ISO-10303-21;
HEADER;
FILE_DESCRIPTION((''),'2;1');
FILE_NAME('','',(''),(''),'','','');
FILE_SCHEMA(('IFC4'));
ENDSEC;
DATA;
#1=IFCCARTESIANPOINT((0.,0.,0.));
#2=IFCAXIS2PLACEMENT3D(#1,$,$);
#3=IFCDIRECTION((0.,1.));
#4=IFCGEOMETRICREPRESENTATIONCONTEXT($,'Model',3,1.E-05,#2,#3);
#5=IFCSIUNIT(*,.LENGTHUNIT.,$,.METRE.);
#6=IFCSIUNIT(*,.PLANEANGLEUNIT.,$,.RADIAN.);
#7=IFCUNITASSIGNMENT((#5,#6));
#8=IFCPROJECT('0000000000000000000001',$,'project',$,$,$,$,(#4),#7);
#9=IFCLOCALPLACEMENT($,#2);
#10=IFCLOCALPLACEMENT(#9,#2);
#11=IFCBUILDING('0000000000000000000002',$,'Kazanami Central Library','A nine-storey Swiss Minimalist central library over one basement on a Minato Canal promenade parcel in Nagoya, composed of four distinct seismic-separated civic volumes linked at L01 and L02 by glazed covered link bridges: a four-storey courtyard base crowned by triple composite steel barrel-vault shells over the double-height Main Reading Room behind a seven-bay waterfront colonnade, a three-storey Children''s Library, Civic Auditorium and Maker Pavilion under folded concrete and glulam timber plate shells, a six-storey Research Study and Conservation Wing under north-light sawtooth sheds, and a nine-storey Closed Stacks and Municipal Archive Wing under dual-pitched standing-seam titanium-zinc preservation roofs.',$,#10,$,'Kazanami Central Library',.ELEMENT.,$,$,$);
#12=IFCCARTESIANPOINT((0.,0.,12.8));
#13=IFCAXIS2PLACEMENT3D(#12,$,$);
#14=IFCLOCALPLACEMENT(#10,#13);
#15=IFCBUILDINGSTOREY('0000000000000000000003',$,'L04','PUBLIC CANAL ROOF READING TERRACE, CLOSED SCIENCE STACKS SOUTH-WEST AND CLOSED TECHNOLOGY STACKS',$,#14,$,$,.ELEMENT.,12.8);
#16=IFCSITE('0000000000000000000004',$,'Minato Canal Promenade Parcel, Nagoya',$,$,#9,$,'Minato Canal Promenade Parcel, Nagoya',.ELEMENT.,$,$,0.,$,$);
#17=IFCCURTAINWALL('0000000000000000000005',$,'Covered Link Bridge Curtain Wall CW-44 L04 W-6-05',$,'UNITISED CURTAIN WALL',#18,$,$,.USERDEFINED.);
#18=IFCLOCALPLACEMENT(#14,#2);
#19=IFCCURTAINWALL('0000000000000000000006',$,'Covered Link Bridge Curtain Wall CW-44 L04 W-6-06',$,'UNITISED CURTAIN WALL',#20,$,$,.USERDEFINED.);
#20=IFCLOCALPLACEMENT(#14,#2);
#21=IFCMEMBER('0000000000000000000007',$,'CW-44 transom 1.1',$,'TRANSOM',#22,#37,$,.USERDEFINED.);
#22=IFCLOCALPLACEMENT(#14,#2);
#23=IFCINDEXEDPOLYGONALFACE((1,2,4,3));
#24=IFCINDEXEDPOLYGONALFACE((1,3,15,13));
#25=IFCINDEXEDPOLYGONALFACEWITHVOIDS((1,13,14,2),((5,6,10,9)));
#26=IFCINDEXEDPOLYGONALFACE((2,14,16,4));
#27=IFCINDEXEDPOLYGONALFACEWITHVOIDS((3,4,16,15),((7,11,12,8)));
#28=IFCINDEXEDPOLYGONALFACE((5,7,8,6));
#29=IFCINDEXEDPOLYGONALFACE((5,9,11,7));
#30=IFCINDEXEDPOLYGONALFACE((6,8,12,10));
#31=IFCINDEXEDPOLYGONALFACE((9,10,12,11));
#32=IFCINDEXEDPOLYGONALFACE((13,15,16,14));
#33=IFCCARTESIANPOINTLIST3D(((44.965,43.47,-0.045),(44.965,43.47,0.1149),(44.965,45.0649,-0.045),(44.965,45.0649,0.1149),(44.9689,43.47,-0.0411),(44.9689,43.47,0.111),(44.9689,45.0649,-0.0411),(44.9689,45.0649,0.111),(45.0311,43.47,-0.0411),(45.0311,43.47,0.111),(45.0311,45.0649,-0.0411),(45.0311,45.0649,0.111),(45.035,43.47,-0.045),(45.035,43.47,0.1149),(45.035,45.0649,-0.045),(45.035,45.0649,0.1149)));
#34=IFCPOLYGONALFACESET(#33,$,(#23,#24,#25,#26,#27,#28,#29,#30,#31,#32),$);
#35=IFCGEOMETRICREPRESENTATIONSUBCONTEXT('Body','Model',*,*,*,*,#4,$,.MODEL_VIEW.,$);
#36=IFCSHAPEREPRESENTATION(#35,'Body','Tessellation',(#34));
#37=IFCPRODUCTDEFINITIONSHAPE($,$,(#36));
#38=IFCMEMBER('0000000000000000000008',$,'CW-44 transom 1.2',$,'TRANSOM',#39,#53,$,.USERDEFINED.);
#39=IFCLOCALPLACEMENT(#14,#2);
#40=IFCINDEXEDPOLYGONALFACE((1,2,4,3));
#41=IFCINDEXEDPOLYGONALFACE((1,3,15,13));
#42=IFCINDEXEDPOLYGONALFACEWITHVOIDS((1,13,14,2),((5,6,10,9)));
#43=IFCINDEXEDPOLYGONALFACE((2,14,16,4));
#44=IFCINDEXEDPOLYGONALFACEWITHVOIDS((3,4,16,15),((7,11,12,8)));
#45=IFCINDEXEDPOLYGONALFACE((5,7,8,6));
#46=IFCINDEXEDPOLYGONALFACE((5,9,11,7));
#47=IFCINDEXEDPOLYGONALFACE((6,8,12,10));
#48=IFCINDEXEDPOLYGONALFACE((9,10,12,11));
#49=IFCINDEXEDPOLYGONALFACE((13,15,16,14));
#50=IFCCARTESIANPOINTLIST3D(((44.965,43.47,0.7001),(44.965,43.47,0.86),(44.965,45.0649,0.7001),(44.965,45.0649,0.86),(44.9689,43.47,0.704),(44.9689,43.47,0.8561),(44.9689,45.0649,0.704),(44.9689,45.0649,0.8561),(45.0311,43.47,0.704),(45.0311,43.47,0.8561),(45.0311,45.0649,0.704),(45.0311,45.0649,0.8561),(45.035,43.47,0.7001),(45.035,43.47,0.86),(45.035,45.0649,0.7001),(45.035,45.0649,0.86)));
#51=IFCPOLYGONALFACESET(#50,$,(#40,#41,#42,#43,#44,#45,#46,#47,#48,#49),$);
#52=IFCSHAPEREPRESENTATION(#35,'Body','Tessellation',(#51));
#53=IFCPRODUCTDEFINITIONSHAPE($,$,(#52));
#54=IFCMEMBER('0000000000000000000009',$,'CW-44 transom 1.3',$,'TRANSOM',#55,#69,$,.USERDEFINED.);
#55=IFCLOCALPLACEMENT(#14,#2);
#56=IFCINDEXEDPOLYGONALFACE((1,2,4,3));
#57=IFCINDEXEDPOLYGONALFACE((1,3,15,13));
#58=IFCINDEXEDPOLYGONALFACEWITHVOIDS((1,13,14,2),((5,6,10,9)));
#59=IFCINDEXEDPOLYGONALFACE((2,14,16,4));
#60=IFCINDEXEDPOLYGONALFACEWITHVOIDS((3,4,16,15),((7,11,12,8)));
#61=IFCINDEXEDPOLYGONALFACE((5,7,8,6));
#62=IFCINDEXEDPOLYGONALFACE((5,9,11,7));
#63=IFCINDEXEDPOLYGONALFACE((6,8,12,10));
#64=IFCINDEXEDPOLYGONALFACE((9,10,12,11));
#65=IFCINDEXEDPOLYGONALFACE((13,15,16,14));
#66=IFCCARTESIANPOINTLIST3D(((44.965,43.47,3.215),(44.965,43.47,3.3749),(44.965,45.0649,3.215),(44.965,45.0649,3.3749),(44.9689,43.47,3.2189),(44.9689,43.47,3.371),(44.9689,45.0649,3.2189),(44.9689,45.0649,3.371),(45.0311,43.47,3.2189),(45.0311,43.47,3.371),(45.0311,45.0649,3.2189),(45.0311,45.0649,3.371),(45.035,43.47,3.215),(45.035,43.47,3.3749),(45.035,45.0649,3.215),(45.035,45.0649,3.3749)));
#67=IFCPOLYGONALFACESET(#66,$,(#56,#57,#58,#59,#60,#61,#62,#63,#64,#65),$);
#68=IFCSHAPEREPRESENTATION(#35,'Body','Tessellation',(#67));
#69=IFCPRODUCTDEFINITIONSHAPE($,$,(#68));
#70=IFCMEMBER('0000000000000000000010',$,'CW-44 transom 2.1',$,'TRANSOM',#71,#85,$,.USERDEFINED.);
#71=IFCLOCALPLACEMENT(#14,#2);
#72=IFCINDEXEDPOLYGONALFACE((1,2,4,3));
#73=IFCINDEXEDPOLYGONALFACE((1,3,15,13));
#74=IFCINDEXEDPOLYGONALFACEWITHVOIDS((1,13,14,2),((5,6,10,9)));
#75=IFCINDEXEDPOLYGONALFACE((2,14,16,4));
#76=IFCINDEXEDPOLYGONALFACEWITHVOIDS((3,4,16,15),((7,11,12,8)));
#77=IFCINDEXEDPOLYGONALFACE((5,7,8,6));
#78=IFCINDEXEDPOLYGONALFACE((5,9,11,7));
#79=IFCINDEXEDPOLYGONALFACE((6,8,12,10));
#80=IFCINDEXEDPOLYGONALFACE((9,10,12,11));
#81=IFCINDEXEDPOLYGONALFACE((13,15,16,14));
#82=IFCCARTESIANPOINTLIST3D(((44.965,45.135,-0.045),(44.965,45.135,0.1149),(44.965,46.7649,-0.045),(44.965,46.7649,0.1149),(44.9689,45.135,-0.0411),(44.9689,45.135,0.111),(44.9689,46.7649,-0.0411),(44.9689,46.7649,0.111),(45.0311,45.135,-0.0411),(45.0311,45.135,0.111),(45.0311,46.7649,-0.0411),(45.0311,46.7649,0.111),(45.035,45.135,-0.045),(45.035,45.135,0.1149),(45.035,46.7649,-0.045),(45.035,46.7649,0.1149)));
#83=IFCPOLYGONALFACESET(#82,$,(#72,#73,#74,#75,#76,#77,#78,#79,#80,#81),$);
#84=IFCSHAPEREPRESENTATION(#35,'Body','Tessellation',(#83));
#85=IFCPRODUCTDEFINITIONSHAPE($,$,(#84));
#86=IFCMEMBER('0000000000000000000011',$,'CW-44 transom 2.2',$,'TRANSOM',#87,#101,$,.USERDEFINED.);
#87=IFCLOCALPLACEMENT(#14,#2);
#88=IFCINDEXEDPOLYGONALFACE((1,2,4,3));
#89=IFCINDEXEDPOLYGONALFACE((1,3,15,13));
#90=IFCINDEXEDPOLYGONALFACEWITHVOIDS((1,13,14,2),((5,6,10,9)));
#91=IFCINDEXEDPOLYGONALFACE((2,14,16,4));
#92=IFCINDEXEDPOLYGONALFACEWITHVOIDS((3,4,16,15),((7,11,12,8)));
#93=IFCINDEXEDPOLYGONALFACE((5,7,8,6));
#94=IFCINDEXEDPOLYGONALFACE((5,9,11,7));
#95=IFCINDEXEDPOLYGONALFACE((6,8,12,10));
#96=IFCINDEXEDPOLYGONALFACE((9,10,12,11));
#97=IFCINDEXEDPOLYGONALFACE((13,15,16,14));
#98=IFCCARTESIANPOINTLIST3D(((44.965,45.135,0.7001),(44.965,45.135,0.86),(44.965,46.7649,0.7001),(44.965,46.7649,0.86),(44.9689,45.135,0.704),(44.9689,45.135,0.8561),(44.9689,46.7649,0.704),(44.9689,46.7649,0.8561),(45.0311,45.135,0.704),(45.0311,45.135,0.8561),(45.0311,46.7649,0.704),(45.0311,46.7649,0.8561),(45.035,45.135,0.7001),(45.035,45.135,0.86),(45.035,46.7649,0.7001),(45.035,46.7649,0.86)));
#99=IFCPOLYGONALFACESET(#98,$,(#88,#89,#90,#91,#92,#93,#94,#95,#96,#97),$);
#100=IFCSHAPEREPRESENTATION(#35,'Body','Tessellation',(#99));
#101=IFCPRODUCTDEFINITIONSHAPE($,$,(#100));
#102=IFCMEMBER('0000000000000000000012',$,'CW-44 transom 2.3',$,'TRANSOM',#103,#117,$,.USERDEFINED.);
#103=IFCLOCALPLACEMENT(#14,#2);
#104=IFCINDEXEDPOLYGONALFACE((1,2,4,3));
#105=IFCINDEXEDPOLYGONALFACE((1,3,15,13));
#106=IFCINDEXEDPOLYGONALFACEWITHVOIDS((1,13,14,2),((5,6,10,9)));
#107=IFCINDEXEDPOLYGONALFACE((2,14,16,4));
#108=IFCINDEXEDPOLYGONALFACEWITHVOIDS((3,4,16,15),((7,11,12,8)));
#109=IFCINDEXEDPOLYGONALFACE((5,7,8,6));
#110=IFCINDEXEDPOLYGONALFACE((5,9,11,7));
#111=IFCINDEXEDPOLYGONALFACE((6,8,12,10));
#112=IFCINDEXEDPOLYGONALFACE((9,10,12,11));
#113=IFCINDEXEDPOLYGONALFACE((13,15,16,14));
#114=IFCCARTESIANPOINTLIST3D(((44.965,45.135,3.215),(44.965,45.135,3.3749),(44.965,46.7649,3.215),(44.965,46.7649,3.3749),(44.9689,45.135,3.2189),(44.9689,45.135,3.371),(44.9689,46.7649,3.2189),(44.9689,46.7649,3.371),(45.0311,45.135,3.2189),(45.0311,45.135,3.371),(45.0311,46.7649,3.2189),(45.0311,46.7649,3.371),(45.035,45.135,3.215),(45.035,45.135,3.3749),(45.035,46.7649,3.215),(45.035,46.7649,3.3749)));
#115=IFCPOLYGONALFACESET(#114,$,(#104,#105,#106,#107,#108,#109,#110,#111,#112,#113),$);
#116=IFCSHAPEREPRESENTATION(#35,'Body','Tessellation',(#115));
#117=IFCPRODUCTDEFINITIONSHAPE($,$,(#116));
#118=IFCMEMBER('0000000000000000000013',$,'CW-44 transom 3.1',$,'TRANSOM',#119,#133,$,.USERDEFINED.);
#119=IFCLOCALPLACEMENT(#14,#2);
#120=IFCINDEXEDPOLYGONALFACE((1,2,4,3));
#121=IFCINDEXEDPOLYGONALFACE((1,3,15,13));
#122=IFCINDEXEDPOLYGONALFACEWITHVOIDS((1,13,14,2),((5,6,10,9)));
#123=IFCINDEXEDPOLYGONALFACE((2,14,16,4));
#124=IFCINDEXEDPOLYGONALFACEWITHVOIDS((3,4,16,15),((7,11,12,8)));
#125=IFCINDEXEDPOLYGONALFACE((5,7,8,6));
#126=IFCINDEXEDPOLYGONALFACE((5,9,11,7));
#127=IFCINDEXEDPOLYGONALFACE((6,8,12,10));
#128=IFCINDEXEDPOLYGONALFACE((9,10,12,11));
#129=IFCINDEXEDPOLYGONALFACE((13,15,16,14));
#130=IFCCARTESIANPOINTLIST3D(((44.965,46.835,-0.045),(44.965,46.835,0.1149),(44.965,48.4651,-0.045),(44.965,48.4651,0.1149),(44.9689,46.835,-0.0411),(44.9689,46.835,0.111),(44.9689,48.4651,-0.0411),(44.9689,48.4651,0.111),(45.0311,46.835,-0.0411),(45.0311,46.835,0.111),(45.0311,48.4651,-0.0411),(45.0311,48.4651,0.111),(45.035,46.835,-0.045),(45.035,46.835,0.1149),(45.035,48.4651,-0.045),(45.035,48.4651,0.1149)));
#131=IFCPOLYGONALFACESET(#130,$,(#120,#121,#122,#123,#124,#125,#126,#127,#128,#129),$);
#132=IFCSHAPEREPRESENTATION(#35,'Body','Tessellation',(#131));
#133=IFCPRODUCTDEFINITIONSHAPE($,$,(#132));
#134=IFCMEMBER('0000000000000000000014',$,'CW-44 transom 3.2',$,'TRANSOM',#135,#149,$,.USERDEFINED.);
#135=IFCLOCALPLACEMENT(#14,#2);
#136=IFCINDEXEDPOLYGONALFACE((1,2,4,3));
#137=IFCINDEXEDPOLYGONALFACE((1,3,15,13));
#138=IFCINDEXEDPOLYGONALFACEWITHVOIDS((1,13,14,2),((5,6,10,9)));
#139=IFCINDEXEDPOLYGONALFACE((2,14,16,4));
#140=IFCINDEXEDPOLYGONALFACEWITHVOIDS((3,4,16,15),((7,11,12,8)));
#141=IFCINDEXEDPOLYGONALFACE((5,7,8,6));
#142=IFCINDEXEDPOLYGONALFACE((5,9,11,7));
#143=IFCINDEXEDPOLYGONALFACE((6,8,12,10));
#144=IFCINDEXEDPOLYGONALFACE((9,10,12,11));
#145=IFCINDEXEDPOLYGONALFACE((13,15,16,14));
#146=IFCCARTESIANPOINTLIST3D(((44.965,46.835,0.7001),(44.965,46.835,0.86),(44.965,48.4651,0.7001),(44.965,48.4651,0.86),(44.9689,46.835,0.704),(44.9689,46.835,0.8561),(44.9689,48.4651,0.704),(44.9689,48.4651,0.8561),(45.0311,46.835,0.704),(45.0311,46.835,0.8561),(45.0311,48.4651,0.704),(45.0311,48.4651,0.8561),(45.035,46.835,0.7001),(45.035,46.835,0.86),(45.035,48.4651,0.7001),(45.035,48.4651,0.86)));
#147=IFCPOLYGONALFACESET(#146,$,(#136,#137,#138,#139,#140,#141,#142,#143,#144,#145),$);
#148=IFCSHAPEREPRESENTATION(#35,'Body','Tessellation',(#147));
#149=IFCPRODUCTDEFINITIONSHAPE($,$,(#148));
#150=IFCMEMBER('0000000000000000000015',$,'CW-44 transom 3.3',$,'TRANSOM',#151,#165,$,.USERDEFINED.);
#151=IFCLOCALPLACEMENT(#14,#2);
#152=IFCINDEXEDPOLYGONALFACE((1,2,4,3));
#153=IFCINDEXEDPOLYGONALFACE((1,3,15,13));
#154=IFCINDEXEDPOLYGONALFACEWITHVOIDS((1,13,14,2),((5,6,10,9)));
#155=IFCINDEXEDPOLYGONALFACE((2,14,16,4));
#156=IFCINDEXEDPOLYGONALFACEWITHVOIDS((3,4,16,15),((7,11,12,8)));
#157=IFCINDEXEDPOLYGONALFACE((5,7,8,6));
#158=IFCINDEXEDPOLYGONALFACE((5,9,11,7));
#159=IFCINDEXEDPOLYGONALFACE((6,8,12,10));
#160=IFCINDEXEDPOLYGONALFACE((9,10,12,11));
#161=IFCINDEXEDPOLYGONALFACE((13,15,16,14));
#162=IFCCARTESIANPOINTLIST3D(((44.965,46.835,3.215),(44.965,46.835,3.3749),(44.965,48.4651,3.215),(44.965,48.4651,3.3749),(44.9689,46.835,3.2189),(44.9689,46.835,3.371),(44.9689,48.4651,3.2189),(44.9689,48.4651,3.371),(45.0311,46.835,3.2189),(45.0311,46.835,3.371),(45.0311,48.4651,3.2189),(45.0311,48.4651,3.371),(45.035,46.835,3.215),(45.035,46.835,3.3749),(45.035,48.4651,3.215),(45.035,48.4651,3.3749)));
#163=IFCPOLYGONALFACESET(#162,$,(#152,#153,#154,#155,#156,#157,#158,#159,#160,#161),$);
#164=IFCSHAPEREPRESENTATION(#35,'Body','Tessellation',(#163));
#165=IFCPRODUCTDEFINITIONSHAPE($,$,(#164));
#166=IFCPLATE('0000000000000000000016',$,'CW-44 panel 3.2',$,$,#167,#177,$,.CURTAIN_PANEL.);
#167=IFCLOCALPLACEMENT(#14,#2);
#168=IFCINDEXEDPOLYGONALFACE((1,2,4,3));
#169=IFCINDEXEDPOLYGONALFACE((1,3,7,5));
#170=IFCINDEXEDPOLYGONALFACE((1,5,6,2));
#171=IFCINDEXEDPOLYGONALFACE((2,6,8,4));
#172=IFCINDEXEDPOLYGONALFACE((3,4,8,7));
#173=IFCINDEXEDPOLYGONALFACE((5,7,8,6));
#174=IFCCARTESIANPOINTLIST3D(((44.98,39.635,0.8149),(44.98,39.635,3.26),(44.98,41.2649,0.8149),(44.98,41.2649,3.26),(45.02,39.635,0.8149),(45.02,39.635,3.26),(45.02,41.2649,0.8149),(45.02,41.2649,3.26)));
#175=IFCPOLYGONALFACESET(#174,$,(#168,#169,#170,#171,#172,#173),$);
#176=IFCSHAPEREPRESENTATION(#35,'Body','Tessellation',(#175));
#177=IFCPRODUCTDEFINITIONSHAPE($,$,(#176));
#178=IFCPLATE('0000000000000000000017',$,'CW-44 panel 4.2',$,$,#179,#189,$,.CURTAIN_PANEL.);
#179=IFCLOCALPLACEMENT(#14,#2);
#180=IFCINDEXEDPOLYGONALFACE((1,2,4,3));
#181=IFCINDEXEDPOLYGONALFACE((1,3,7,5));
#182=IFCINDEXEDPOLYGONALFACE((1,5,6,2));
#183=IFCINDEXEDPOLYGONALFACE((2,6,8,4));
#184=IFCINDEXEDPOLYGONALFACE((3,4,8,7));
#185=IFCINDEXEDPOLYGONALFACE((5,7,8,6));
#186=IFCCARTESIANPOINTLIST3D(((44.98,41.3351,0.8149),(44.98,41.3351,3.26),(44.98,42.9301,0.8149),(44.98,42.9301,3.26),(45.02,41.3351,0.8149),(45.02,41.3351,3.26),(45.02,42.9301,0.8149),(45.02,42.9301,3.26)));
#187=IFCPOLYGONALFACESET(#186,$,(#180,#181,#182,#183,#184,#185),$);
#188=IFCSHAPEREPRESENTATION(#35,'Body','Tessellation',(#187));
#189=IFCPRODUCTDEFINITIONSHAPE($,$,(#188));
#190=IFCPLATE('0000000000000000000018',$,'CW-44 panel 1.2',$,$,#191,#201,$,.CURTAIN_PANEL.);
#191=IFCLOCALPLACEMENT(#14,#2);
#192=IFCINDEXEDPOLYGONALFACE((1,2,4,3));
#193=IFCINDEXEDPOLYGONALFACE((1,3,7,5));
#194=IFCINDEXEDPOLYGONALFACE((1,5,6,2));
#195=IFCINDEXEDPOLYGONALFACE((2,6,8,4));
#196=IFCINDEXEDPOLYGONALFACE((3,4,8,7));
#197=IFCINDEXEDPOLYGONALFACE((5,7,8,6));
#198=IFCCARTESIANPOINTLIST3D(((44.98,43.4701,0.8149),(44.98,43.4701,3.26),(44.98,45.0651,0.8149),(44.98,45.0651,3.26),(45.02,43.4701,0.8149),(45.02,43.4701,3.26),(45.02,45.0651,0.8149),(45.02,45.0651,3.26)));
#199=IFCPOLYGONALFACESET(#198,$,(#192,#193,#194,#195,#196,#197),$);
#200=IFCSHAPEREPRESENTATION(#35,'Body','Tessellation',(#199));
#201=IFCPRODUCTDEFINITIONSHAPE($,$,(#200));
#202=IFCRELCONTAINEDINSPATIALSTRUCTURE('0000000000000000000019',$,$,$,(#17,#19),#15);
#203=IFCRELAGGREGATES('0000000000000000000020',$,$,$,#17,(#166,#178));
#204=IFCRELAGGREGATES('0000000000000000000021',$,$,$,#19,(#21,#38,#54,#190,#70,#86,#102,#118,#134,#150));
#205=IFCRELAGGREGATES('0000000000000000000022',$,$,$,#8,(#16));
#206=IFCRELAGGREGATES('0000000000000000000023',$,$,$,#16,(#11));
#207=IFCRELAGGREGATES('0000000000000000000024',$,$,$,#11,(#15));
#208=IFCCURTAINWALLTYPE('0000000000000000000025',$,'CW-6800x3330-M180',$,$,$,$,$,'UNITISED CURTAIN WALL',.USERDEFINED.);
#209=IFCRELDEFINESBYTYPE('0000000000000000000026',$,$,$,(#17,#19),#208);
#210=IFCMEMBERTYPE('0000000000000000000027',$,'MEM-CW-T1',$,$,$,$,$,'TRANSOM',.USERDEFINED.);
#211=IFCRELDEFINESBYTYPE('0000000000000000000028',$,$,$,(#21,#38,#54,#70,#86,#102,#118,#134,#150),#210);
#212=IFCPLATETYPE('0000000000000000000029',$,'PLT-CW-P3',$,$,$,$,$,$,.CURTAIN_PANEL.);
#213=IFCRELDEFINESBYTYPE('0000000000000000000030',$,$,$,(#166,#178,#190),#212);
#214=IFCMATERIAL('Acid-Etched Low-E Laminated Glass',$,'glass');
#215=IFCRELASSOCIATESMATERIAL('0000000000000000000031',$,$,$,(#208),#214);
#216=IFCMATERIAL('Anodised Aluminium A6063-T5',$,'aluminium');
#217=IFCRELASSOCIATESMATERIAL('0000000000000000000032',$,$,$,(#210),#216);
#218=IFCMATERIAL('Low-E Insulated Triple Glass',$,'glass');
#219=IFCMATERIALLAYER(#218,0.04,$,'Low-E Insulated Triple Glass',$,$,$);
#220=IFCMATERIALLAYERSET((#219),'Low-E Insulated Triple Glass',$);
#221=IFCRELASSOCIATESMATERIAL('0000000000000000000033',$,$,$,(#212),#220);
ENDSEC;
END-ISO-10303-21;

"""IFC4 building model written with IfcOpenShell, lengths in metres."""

from ifc_helpers import new_model, si_unit, direction, frame, origin, origin_2d, place, context, subcontext, project, spatial, rectangle, hollow_rectangle, extrude, material, layer, layer_set, material_profile, profile_set, type_object, element, aggregate, save


model = new_model("IFC4")

# Units and contexts
model_context = context("Model", 3, precision=1e-05, world=origin(), true_north=direction((0.0, 1.0)))
body_context = subcontext(model_context, "Body", "Model", "MODEL_VIEW")
ifc_project = project(units=[si_unit("LENGTHUNIT", "METRE"), si_unit("PLANEANGLEUNIT", "RADIAN")], contexts=[model_context])

# Site, building, storey
site_placement = place(None, origin())
site = spatial("IfcSite", under=ifc_project, at=site_placement, Name="Minato Canal Promenade Parcel, Nagoya", LongName="Minato Canal Promenade Parcel, Nagoya", CompositionType="ELEMENT", RefElevation=0.0)
building_placement = place(site_placement, origin())
building = spatial("IfcBuilding", under=site, at=building_placement, Name="Kazanami Central Library", Description="A nine-storey Swiss Minimalist central library over one basement on a Minato Canal promenade parcel in Nagoya, composed of four distinct seismic-separated civic volumes linked at L01 and L02 by glazed covered link bridges: a four-storey courtyard base crowned by triple composite steel barrel-vault shells over the double-height Main Reading Room behind a seven-bay waterfront colonnade, a three-storey Children's Library, Civic Auditorium and Maker Pavilion under folded concrete and glulam timber plate shells, a six-storey Research Study and Conservation Wing under north-light sawtooth sheds, and a nine-storey Closed Stacks and Municipal Archive Wing under dual-pitched standing-seam titanium-zinc preservation roofs.", LongName="Kazanami Central Library", CompositionType="ELEMENT")
storey_placement = place(building_placement, frame((0.0, 0.0, 12.8)))
storey = spatial("IfcBuildingStorey", under=building, at=storey_placement, Name="L04", Description="PUBLIC CANAL ROOF READING TERRACE, CLOSED SCIENCE STACKS SOUTH-WEST AND CLOSED TECHNOLOGY STACKS", CompositionType="ELEMENT", Elevation=12.8)

# Curtain walls
ifc_material_1 = material(Name="Acid-Etched Low-E Laminated Glass", Category="glass")
curtain_wall_type = type_object("IfcCurtainWallType", Name="CW-6800x3330-M180", ElementType="UNITISED CURTAIN WALL", PredefinedType="USERDEFINED", material=ifc_material_1)
curtain_wall_1_placement = place(storey_placement, origin())
curtain_wall_1 = element("IfcCurtainWall", 1, at=curtain_wall_1_placement, inside=storey, type_object=curtain_wall_type, Name="Covered Link Bridge Curtain Wall CW-44 L04 W-6-05", ObjectType="UNITISED CURTAIN WALL", PredefinedType="USERDEFINED")
ifc_material_2 = material(Name="Anodised Aluminium A6063-T5", Category="aluminium")
curtain_wall_2_placement = place(storey_placement, origin())
curtain_wall_2 = element("IfcCurtainWall", 2, at=curtain_wall_2_placement, inside=storey, type_object=curtain_wall_type, Name="Covered Link Bridge Curtain Wall CW-44 L04 W-6-06", ObjectType="UNITISED CURTAIN WALL", PredefinedType="USERDEFINED")

# Members
ifc_material_profile_1 = material_profile(ifc_material_2, hollow_rectangle(XDim=0.0701, YDim=0.1599, WallThickness=0.0039, at=origin_2d()), Name="ALU-TRAN-70x160x4")
ifc_profile_set_1 = profile_set([ifc_material_profile_1], Name="Anodised Aluminium A6063-T5")
member_type_1 = type_object("IfcMemberType", Name="MEM-CW-T1", ElementType="TRANSOM", PredefinedType="USERDEFINED", material=ifc_profile_set_1)
member_1_placement = place(storey_placement, frame((45.0, 43.47, 0.0349), z_axis=(0.0, 1.0, 0.0), x_axis=(-1.0, 0.0, 0.0)))
member_1 = element("IfcMember", 3, at=member_1_placement, type_object=member_type_1, Name="CW-44 transom 1.1", ObjectType="TRANSOM", PredefinedType="USERDEFINED", context=body_context, shape_type="SweptSolid", body=[
    extrude(hollow_rectangle(XDim=0.0701, YDim=0.1599, WallThickness=0.0039, at=origin_2d()), origin(), (0.0, 0.0, 1.0), 1.595),
])
member_2_placement = place(storey_placement, frame((45.0, 43.47, 0.78), z_axis=(0.0, 1.0, 0.0), x_axis=(-1.0, 0.0, 0.0)))
member_2 = element("IfcMember", 4, at=member_2_placement, type_object=member_type_1, Name="CW-44 transom 1.2", ObjectType="TRANSOM", PredefinedType="USERDEFINED", context=body_context, shape_type="SweptSolid", body=[
    extrude(hollow_rectangle(XDim=0.0701, YDim=0.1599, WallThickness=0.0039, at=origin_2d()), origin(), (0.0, 0.0, 1.0), 1.595),
])
member_3_placement = place(storey_placement, frame((45.0, 43.47, 3.2949), z_axis=(0.0, 1.0, 0.0), x_axis=(-1.0, 0.0, 0.0)))
member_3 = element("IfcMember", 5, at=member_3_placement, type_object=member_type_1, Name="CW-44 transom 1.3", ObjectType="TRANSOM", PredefinedType="USERDEFINED", context=body_context, shape_type="SweptSolid", body=[
    extrude(hollow_rectangle(XDim=0.0701, YDim=0.1599, WallThickness=0.0039, at=origin_2d()), origin(), (0.0, 0.0, 1.0), 1.595),
])
member_4_placement = place(storey_placement, frame((45.0, 45.135, 0.0349), z_axis=(0.0, 1.0, 0.0), x_axis=(-1.0, 0.0, 0.0)))
member_4 = element("IfcMember", 6, at=member_4_placement, type_object=member_type_1, Name="CW-44 transom 2.1", ObjectType="TRANSOM", PredefinedType="USERDEFINED", context=body_context, shape_type="SweptSolid", body=[
    extrude(hollow_rectangle(XDim=0.0701, YDim=0.1599, WallThickness=0.0039, at=origin_2d()), origin(), (0.0, 0.0, 1.0), 1.6299),
])
member_5_placement = place(storey_placement, frame((45.0, 45.135, 0.78), z_axis=(0.0, 1.0, 0.0), x_axis=(-1.0, 0.0, 0.0)))
member_5 = element("IfcMember", 7, at=member_5_placement, type_object=member_type_1, Name="CW-44 transom 2.2", ObjectType="TRANSOM", PredefinedType="USERDEFINED", context=body_context, shape_type="SweptSolid", body=[
    extrude(hollow_rectangle(XDim=0.0701, YDim=0.1599, WallThickness=0.0039, at=origin_2d()), origin(), (0.0, 0.0, 1.0), 1.6299),
])
member_6_placement = place(storey_placement, frame((45.0, 45.135, 3.2949), z_axis=(0.0, 1.0, 0.0), x_axis=(-1.0, 0.0, 0.0)))
member_6 = element("IfcMember", 8, at=member_6_placement, type_object=member_type_1, Name="CW-44 transom 2.3", ObjectType="TRANSOM", PredefinedType="USERDEFINED", context=body_context, shape_type="SweptSolid", body=[
    extrude(hollow_rectangle(XDim=0.0701, YDim=0.1599, WallThickness=0.0039, at=origin_2d()), origin(), (0.0, 0.0, 1.0), 1.6299),
])
member_7_placement = place(storey_placement, frame((45.0, 46.835, 0.0349), z_axis=(0.0, 1.0, 0.0), x_axis=(-1.0, 0.0, 0.0)))
member_7 = element("IfcMember", 9, at=member_7_placement, type_object=member_type_1, Name="CW-44 transom 3.1", ObjectType="TRANSOM", PredefinedType="USERDEFINED", context=body_context, shape_type="SweptSolid", body=[
    extrude(hollow_rectangle(XDim=0.0701, YDim=0.1599, WallThickness=0.0039, at=origin_2d()), origin(), (0.0, 0.0, 1.0), 1.6301),
])
member_8_placement = place(storey_placement, frame((45.0, 46.835, 0.78), z_axis=(0.0, 1.0, 0.0), x_axis=(-1.0, 0.0, 0.0)))
member_8 = element("IfcMember", 10, at=member_8_placement, type_object=member_type_1, Name="CW-44 transom 3.2", ObjectType="TRANSOM", PredefinedType="USERDEFINED", context=body_context, shape_type="SweptSolid", body=[
    extrude(hollow_rectangle(XDim=0.0701, YDim=0.1599, WallThickness=0.0039, at=origin_2d()), origin(), (0.0, 0.0, 1.0), 1.6301),
])
member_9_placement = place(storey_placement, frame((45.0, 46.835, 3.2949), z_axis=(0.0, 1.0, 0.0), x_axis=(-1.0, 0.0, 0.0)))
member_9 = element("IfcMember", 11, at=member_9_placement, type_object=member_type_1, Name="CW-44 transom 3.3", ObjectType="TRANSOM", PredefinedType="USERDEFINED", context=body_context, shape_type="SweptSolid", body=[
    extrude(hollow_rectangle(XDim=0.0701, YDim=0.1599, WallThickness=0.0039, at=origin_2d()), origin(), (0.0, 0.0, 1.0), 1.6301),
])

# Plates
ifc_material_3 = material(Name="Low-E Insulated Triple Glass", Category="glass")
ifc_layer_1 = layer(ifc_material_3, 0.04, Name="Low-E Insulated Triple Glass")
ifc_layer_set_1 = layer_set([ifc_layer_1], Name="Low-E Insulated Triple Glass")
plate_type_1 = type_object("IfcPlateType", Name="PLT-CW-P3", PredefinedType="CURTAIN_PANEL", material=ifc_layer_set_1)
plate_1_placement = place(storey_placement, frame((45.0, 40.45, 0.8149), z_axis=(0.0, 0.0, 1.0), x_axis=(0.0, 1.0, 0.0)))
plate_1 = element("IfcPlate", 12, at=plate_1_placement, type_object=plate_type_1, Name="CW-44 panel 3.2", PredefinedType="CURTAIN_PANEL", context=body_context, shape_type="SweptSolid", body=[
    extrude(rectangle(XDim=1.6299, YDim=0.04, at=origin_2d()), origin(), (0.0, 0.0, 1.0), 2.4451),
])
plate_2_placement = place(storey_placement, frame((45.0, 42.1326, 0.8149), z_axis=(0.0, 0.0, 1.0), x_axis=(0.0, 1.0, 0.0)))
plate_2 = element("IfcPlate", 13, at=plate_2_placement, type_object=plate_type_1, Name="CW-44 panel 4.2", PredefinedType="CURTAIN_PANEL", context=body_context, shape_type="SweptSolid", body=[
    extrude(rectangle(XDim=1.595, YDim=0.04, at=origin_2d()), origin(), (0.0, 0.0, 1.0), 2.4451),
])
plate_3_placement = place(storey_placement, frame((45.0, 44.2676, 0.8149), z_axis=(0.0, 0.0, 1.0), x_axis=(0.0, 1.0, 0.0)))
plate_3 = element("IfcPlate", 14, at=plate_3_placement, type_object=plate_type_1, Name="CW-44 panel 1.2", PredefinedType="CURTAIN_PANEL", context=body_context, shape_type="SweptSolid", body=[
    extrude(rectangle(XDim=1.595, YDim=0.04, at=origin_2d()), origin(), (0.0, 0.0, 1.0), 2.4451),
])
aggregate(curtain_wall_1, [plate_1, plate_2])
aggregate(curtain_wall_2, [member_1, member_2, member_3, plate_3, member_4, member_5, member_6, member_7, member_8, member_9])

save(model, "model.ifc")
